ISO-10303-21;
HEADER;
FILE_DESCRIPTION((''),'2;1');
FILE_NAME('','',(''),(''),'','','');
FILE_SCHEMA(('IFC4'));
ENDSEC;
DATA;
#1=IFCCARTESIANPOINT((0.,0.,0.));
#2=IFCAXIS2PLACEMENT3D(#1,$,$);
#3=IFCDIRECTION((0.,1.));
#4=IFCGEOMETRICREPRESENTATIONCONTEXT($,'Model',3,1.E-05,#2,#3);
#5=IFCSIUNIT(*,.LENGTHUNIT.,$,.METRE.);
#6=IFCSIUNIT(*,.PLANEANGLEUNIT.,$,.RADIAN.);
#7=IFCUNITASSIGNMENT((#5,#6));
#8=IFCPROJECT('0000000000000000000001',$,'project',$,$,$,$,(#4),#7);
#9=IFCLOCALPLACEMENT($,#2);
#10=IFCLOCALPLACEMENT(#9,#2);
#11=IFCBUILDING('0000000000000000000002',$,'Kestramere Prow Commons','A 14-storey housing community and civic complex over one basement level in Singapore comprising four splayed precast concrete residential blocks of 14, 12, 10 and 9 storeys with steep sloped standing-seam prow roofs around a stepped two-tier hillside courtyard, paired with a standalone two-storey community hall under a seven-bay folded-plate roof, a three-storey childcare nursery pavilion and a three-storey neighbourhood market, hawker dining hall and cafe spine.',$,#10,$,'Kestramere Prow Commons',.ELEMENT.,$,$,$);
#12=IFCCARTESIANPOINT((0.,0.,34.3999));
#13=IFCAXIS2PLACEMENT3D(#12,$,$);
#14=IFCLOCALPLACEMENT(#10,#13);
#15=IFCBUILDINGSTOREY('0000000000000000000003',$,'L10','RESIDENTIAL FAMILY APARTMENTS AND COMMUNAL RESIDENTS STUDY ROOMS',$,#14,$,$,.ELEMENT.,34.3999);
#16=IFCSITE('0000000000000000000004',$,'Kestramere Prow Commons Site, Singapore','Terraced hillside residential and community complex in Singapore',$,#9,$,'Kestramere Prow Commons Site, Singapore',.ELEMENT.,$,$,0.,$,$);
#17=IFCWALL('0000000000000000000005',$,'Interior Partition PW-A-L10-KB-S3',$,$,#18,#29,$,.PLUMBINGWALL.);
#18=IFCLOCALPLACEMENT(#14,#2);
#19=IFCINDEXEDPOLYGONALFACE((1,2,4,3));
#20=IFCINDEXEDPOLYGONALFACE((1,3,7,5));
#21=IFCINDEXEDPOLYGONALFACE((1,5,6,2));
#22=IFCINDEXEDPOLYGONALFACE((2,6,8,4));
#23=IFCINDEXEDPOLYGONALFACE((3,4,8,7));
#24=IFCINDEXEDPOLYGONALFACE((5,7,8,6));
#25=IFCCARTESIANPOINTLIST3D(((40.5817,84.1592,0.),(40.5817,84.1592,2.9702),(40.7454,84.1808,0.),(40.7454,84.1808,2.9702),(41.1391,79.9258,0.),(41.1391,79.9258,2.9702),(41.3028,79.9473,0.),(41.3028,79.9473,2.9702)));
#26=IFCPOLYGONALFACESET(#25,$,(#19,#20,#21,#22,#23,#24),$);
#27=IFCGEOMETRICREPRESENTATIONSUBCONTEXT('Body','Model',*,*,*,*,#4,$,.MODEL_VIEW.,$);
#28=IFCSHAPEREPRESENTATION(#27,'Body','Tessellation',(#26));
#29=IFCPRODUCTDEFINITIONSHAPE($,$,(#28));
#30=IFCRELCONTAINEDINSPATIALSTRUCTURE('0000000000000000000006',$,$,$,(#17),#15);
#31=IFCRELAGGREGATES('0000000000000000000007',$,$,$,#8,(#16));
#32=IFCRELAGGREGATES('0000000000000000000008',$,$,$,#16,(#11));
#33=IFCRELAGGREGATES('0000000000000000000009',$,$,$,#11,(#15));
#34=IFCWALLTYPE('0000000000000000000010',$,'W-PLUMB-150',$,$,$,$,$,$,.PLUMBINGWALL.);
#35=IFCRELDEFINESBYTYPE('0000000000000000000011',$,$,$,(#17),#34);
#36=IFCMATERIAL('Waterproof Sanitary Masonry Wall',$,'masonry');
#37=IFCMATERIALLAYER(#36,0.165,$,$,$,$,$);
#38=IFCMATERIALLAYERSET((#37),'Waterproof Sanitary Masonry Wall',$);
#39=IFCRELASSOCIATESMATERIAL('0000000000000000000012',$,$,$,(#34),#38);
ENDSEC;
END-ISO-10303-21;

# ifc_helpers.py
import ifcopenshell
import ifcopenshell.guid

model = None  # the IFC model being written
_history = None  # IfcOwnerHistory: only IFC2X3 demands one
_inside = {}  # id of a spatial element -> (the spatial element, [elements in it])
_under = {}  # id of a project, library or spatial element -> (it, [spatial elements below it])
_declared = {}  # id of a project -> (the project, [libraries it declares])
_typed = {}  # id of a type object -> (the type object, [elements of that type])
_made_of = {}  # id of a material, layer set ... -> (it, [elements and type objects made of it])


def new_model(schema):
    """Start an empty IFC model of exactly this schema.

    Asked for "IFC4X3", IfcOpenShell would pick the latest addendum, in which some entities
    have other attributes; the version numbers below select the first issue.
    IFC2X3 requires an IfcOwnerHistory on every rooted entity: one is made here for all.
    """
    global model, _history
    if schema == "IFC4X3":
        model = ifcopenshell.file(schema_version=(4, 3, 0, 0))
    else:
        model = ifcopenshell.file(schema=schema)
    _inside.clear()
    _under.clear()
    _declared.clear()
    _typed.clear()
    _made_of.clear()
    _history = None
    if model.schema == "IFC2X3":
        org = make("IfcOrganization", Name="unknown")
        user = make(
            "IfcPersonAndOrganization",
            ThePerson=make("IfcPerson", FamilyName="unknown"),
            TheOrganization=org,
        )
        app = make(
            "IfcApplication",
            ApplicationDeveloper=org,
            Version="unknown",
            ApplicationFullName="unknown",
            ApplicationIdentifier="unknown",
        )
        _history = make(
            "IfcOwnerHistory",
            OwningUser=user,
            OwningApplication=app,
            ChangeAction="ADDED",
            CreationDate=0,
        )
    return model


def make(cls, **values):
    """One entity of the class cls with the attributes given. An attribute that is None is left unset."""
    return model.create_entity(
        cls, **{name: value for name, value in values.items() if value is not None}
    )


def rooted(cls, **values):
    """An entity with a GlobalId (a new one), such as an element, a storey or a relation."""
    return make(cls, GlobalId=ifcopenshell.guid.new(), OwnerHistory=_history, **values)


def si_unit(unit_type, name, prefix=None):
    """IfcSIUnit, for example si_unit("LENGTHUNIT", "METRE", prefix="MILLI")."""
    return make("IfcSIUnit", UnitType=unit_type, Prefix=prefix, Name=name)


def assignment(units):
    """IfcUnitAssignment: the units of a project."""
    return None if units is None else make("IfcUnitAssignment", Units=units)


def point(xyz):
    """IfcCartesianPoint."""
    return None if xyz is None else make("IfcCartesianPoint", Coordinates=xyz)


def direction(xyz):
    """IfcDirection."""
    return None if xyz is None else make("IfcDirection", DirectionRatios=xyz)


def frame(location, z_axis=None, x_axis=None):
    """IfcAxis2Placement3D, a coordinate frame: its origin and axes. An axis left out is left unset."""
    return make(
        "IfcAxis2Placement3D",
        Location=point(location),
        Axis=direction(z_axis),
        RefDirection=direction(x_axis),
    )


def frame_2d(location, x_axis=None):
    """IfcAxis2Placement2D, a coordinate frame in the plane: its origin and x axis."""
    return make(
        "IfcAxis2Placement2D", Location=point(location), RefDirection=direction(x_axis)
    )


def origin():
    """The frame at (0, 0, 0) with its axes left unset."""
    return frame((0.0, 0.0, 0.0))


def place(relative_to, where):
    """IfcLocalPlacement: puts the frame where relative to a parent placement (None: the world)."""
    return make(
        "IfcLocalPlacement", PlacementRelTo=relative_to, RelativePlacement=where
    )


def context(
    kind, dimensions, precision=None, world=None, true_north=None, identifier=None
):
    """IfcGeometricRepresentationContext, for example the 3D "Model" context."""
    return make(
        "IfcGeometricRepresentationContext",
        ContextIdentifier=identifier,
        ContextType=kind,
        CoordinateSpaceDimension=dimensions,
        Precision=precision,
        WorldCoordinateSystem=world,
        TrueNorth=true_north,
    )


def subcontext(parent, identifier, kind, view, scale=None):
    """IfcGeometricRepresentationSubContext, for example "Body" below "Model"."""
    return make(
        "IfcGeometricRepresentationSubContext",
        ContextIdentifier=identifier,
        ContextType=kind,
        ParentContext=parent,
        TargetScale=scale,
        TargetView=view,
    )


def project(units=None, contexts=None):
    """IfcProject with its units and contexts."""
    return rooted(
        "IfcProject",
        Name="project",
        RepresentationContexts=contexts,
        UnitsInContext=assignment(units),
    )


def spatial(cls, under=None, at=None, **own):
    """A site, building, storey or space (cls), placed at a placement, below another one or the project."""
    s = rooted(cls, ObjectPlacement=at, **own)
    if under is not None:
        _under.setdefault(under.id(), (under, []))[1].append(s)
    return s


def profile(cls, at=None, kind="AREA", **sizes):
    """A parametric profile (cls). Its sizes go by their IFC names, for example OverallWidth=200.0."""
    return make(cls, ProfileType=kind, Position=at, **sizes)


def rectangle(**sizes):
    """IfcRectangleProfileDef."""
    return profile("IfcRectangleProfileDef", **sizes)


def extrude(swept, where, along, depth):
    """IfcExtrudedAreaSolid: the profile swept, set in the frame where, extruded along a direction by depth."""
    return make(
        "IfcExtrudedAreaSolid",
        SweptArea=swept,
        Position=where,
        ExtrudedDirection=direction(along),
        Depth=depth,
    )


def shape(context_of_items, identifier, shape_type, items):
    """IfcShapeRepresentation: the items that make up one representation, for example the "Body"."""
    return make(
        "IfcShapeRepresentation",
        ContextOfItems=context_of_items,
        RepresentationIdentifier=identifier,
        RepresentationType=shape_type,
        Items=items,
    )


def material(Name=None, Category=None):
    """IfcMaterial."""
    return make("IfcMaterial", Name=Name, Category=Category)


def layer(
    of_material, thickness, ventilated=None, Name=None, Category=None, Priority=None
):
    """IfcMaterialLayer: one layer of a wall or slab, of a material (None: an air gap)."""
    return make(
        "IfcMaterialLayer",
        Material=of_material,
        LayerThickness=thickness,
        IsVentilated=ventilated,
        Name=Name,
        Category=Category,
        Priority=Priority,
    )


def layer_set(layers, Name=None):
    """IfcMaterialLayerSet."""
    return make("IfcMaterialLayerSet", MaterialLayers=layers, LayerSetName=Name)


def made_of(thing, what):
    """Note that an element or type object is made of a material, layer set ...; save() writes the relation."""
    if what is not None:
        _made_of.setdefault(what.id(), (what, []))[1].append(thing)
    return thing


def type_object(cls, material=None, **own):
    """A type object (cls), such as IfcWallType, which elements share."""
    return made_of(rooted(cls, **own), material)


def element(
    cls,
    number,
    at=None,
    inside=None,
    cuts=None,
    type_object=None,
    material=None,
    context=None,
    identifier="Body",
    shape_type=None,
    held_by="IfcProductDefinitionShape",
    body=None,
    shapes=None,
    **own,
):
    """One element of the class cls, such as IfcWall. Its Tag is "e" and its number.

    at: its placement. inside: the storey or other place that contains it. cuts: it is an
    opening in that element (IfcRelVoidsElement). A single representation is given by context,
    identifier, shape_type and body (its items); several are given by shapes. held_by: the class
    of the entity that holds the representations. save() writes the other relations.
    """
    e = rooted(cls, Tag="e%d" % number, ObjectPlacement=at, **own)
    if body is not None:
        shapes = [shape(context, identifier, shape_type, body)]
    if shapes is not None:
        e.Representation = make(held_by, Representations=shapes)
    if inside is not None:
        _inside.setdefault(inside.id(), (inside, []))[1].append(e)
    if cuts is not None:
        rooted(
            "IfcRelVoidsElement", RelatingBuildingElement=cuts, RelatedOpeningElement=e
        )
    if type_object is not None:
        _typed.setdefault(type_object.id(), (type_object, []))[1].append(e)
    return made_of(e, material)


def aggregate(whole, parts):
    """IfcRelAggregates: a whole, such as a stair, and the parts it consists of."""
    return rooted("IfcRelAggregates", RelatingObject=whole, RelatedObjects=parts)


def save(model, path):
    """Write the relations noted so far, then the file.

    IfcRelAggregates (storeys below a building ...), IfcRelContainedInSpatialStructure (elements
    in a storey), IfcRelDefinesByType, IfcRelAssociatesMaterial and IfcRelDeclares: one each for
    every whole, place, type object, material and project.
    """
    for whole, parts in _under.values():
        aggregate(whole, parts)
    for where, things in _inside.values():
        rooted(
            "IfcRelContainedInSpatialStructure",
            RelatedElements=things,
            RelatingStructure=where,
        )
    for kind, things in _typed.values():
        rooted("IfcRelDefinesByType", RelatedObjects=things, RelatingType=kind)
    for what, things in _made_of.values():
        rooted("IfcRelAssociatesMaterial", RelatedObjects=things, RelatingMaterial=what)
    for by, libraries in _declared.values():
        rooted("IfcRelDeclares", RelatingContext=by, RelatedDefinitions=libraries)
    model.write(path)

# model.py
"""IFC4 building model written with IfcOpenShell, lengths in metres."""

from ifc_helpers import new_model, si_unit, direction, frame, frame_2d, origin, place, context, subcontext, project, spatial, rectangle, extrude, material, layer, layer_set, type_object, element, save


model = new_model("IFC4")

# Units and contexts
model_context = context("Model", 3, precision=1e-05, world=origin(), true_north=direction((0.0, 1.0)))
body_context = subcontext(model_context, "Body", "Model", "MODEL_VIEW")
ifc_project = project(units=[si_unit("LENGTHUNIT", "METRE"), si_unit("PLANEANGLEUNIT", "RADIAN")], contexts=[model_context])

# Site, building, storey
site_placement = place(None, origin())
site = spatial("IfcSite", under=ifc_project, at=site_placement, Name="Kestramere Prow Commons Site, Singapore", Description="Terraced hillside residential and community complex in Singapore", LongName="Kestramere Prow Commons Site, Singapore", CompositionType="ELEMENT", RefElevation=0.0)
building_placement = place(site_placement, origin())
building = spatial("IfcBuilding", under=site, at=building_placement, Name="Kestramere Prow Commons", Description="A 14-storey housing community and civic complex over one basement level in Singapore comprising four splayed precast concrete residential blocks of 14, 12, 10 and 9 storeys with steep sloped standing-seam prow roofs around a stepped two-tier hillside courtyard, paired with a standalone two-storey community hall under a seven-bay folded-plate roof, a three-storey childcare nursery pavilion and a three-storey neighbourhood market, hawker dining hall and cafe spine.", LongName="Kestramere Prow Commons", CompositionType="ELEMENT")
storey_placement = place(building_placement, frame((0.0, 0.0, 34.3999)))
storey = spatial("IfcBuildingStorey", under=building, at=storey_placement, Name="L10", Description="RESIDENTIAL FAMILY APARTMENTS AND COMMUNAL RESIDENTS STUDY ROOMS", CompositionType="ELEMENT", Elevation=34.3999)

# Shared definitions
ifc_material_1 = material(Name="Waterproof Sanitary Masonry Wall", Category="masonry")
ifc_layer_1 = layer(ifc_material_1, 0.165)
ifc_layer_set_1 = layer_set([ifc_layer_1], Name="Waterproof Sanitary Masonry Wall")
wall_type_1 = type_object("IfcWallType", Name="W-PLUMB-150", PredefinedType="PLUMBINGWALL", material=ifc_layer_set_1)

# Wall
wall_1_placement = place(storey_placement, frame((41.2209, 79.9365, 0.0), z_axis=(0.0, 0.0, 1.0), x_axis=(-0.130534, 0.991444, 0.0)))
element("IfcWall", 1, at=wall_1_placement, inside=storey, type_object=wall_type_1, Name="Interior Partition PW-A-L10-KB-S3", PredefinedType="PLUMBINGWALL", context=body_context, shape_type="SweptSolid", body=[
    extrude(rectangle(XDim=4.27, YDim=0.165, at=frame_2d((2.135, 0.0))), origin(), (0.0, 0.0, 1.0), 2.9702),
])

save(model, "model.ifc")
